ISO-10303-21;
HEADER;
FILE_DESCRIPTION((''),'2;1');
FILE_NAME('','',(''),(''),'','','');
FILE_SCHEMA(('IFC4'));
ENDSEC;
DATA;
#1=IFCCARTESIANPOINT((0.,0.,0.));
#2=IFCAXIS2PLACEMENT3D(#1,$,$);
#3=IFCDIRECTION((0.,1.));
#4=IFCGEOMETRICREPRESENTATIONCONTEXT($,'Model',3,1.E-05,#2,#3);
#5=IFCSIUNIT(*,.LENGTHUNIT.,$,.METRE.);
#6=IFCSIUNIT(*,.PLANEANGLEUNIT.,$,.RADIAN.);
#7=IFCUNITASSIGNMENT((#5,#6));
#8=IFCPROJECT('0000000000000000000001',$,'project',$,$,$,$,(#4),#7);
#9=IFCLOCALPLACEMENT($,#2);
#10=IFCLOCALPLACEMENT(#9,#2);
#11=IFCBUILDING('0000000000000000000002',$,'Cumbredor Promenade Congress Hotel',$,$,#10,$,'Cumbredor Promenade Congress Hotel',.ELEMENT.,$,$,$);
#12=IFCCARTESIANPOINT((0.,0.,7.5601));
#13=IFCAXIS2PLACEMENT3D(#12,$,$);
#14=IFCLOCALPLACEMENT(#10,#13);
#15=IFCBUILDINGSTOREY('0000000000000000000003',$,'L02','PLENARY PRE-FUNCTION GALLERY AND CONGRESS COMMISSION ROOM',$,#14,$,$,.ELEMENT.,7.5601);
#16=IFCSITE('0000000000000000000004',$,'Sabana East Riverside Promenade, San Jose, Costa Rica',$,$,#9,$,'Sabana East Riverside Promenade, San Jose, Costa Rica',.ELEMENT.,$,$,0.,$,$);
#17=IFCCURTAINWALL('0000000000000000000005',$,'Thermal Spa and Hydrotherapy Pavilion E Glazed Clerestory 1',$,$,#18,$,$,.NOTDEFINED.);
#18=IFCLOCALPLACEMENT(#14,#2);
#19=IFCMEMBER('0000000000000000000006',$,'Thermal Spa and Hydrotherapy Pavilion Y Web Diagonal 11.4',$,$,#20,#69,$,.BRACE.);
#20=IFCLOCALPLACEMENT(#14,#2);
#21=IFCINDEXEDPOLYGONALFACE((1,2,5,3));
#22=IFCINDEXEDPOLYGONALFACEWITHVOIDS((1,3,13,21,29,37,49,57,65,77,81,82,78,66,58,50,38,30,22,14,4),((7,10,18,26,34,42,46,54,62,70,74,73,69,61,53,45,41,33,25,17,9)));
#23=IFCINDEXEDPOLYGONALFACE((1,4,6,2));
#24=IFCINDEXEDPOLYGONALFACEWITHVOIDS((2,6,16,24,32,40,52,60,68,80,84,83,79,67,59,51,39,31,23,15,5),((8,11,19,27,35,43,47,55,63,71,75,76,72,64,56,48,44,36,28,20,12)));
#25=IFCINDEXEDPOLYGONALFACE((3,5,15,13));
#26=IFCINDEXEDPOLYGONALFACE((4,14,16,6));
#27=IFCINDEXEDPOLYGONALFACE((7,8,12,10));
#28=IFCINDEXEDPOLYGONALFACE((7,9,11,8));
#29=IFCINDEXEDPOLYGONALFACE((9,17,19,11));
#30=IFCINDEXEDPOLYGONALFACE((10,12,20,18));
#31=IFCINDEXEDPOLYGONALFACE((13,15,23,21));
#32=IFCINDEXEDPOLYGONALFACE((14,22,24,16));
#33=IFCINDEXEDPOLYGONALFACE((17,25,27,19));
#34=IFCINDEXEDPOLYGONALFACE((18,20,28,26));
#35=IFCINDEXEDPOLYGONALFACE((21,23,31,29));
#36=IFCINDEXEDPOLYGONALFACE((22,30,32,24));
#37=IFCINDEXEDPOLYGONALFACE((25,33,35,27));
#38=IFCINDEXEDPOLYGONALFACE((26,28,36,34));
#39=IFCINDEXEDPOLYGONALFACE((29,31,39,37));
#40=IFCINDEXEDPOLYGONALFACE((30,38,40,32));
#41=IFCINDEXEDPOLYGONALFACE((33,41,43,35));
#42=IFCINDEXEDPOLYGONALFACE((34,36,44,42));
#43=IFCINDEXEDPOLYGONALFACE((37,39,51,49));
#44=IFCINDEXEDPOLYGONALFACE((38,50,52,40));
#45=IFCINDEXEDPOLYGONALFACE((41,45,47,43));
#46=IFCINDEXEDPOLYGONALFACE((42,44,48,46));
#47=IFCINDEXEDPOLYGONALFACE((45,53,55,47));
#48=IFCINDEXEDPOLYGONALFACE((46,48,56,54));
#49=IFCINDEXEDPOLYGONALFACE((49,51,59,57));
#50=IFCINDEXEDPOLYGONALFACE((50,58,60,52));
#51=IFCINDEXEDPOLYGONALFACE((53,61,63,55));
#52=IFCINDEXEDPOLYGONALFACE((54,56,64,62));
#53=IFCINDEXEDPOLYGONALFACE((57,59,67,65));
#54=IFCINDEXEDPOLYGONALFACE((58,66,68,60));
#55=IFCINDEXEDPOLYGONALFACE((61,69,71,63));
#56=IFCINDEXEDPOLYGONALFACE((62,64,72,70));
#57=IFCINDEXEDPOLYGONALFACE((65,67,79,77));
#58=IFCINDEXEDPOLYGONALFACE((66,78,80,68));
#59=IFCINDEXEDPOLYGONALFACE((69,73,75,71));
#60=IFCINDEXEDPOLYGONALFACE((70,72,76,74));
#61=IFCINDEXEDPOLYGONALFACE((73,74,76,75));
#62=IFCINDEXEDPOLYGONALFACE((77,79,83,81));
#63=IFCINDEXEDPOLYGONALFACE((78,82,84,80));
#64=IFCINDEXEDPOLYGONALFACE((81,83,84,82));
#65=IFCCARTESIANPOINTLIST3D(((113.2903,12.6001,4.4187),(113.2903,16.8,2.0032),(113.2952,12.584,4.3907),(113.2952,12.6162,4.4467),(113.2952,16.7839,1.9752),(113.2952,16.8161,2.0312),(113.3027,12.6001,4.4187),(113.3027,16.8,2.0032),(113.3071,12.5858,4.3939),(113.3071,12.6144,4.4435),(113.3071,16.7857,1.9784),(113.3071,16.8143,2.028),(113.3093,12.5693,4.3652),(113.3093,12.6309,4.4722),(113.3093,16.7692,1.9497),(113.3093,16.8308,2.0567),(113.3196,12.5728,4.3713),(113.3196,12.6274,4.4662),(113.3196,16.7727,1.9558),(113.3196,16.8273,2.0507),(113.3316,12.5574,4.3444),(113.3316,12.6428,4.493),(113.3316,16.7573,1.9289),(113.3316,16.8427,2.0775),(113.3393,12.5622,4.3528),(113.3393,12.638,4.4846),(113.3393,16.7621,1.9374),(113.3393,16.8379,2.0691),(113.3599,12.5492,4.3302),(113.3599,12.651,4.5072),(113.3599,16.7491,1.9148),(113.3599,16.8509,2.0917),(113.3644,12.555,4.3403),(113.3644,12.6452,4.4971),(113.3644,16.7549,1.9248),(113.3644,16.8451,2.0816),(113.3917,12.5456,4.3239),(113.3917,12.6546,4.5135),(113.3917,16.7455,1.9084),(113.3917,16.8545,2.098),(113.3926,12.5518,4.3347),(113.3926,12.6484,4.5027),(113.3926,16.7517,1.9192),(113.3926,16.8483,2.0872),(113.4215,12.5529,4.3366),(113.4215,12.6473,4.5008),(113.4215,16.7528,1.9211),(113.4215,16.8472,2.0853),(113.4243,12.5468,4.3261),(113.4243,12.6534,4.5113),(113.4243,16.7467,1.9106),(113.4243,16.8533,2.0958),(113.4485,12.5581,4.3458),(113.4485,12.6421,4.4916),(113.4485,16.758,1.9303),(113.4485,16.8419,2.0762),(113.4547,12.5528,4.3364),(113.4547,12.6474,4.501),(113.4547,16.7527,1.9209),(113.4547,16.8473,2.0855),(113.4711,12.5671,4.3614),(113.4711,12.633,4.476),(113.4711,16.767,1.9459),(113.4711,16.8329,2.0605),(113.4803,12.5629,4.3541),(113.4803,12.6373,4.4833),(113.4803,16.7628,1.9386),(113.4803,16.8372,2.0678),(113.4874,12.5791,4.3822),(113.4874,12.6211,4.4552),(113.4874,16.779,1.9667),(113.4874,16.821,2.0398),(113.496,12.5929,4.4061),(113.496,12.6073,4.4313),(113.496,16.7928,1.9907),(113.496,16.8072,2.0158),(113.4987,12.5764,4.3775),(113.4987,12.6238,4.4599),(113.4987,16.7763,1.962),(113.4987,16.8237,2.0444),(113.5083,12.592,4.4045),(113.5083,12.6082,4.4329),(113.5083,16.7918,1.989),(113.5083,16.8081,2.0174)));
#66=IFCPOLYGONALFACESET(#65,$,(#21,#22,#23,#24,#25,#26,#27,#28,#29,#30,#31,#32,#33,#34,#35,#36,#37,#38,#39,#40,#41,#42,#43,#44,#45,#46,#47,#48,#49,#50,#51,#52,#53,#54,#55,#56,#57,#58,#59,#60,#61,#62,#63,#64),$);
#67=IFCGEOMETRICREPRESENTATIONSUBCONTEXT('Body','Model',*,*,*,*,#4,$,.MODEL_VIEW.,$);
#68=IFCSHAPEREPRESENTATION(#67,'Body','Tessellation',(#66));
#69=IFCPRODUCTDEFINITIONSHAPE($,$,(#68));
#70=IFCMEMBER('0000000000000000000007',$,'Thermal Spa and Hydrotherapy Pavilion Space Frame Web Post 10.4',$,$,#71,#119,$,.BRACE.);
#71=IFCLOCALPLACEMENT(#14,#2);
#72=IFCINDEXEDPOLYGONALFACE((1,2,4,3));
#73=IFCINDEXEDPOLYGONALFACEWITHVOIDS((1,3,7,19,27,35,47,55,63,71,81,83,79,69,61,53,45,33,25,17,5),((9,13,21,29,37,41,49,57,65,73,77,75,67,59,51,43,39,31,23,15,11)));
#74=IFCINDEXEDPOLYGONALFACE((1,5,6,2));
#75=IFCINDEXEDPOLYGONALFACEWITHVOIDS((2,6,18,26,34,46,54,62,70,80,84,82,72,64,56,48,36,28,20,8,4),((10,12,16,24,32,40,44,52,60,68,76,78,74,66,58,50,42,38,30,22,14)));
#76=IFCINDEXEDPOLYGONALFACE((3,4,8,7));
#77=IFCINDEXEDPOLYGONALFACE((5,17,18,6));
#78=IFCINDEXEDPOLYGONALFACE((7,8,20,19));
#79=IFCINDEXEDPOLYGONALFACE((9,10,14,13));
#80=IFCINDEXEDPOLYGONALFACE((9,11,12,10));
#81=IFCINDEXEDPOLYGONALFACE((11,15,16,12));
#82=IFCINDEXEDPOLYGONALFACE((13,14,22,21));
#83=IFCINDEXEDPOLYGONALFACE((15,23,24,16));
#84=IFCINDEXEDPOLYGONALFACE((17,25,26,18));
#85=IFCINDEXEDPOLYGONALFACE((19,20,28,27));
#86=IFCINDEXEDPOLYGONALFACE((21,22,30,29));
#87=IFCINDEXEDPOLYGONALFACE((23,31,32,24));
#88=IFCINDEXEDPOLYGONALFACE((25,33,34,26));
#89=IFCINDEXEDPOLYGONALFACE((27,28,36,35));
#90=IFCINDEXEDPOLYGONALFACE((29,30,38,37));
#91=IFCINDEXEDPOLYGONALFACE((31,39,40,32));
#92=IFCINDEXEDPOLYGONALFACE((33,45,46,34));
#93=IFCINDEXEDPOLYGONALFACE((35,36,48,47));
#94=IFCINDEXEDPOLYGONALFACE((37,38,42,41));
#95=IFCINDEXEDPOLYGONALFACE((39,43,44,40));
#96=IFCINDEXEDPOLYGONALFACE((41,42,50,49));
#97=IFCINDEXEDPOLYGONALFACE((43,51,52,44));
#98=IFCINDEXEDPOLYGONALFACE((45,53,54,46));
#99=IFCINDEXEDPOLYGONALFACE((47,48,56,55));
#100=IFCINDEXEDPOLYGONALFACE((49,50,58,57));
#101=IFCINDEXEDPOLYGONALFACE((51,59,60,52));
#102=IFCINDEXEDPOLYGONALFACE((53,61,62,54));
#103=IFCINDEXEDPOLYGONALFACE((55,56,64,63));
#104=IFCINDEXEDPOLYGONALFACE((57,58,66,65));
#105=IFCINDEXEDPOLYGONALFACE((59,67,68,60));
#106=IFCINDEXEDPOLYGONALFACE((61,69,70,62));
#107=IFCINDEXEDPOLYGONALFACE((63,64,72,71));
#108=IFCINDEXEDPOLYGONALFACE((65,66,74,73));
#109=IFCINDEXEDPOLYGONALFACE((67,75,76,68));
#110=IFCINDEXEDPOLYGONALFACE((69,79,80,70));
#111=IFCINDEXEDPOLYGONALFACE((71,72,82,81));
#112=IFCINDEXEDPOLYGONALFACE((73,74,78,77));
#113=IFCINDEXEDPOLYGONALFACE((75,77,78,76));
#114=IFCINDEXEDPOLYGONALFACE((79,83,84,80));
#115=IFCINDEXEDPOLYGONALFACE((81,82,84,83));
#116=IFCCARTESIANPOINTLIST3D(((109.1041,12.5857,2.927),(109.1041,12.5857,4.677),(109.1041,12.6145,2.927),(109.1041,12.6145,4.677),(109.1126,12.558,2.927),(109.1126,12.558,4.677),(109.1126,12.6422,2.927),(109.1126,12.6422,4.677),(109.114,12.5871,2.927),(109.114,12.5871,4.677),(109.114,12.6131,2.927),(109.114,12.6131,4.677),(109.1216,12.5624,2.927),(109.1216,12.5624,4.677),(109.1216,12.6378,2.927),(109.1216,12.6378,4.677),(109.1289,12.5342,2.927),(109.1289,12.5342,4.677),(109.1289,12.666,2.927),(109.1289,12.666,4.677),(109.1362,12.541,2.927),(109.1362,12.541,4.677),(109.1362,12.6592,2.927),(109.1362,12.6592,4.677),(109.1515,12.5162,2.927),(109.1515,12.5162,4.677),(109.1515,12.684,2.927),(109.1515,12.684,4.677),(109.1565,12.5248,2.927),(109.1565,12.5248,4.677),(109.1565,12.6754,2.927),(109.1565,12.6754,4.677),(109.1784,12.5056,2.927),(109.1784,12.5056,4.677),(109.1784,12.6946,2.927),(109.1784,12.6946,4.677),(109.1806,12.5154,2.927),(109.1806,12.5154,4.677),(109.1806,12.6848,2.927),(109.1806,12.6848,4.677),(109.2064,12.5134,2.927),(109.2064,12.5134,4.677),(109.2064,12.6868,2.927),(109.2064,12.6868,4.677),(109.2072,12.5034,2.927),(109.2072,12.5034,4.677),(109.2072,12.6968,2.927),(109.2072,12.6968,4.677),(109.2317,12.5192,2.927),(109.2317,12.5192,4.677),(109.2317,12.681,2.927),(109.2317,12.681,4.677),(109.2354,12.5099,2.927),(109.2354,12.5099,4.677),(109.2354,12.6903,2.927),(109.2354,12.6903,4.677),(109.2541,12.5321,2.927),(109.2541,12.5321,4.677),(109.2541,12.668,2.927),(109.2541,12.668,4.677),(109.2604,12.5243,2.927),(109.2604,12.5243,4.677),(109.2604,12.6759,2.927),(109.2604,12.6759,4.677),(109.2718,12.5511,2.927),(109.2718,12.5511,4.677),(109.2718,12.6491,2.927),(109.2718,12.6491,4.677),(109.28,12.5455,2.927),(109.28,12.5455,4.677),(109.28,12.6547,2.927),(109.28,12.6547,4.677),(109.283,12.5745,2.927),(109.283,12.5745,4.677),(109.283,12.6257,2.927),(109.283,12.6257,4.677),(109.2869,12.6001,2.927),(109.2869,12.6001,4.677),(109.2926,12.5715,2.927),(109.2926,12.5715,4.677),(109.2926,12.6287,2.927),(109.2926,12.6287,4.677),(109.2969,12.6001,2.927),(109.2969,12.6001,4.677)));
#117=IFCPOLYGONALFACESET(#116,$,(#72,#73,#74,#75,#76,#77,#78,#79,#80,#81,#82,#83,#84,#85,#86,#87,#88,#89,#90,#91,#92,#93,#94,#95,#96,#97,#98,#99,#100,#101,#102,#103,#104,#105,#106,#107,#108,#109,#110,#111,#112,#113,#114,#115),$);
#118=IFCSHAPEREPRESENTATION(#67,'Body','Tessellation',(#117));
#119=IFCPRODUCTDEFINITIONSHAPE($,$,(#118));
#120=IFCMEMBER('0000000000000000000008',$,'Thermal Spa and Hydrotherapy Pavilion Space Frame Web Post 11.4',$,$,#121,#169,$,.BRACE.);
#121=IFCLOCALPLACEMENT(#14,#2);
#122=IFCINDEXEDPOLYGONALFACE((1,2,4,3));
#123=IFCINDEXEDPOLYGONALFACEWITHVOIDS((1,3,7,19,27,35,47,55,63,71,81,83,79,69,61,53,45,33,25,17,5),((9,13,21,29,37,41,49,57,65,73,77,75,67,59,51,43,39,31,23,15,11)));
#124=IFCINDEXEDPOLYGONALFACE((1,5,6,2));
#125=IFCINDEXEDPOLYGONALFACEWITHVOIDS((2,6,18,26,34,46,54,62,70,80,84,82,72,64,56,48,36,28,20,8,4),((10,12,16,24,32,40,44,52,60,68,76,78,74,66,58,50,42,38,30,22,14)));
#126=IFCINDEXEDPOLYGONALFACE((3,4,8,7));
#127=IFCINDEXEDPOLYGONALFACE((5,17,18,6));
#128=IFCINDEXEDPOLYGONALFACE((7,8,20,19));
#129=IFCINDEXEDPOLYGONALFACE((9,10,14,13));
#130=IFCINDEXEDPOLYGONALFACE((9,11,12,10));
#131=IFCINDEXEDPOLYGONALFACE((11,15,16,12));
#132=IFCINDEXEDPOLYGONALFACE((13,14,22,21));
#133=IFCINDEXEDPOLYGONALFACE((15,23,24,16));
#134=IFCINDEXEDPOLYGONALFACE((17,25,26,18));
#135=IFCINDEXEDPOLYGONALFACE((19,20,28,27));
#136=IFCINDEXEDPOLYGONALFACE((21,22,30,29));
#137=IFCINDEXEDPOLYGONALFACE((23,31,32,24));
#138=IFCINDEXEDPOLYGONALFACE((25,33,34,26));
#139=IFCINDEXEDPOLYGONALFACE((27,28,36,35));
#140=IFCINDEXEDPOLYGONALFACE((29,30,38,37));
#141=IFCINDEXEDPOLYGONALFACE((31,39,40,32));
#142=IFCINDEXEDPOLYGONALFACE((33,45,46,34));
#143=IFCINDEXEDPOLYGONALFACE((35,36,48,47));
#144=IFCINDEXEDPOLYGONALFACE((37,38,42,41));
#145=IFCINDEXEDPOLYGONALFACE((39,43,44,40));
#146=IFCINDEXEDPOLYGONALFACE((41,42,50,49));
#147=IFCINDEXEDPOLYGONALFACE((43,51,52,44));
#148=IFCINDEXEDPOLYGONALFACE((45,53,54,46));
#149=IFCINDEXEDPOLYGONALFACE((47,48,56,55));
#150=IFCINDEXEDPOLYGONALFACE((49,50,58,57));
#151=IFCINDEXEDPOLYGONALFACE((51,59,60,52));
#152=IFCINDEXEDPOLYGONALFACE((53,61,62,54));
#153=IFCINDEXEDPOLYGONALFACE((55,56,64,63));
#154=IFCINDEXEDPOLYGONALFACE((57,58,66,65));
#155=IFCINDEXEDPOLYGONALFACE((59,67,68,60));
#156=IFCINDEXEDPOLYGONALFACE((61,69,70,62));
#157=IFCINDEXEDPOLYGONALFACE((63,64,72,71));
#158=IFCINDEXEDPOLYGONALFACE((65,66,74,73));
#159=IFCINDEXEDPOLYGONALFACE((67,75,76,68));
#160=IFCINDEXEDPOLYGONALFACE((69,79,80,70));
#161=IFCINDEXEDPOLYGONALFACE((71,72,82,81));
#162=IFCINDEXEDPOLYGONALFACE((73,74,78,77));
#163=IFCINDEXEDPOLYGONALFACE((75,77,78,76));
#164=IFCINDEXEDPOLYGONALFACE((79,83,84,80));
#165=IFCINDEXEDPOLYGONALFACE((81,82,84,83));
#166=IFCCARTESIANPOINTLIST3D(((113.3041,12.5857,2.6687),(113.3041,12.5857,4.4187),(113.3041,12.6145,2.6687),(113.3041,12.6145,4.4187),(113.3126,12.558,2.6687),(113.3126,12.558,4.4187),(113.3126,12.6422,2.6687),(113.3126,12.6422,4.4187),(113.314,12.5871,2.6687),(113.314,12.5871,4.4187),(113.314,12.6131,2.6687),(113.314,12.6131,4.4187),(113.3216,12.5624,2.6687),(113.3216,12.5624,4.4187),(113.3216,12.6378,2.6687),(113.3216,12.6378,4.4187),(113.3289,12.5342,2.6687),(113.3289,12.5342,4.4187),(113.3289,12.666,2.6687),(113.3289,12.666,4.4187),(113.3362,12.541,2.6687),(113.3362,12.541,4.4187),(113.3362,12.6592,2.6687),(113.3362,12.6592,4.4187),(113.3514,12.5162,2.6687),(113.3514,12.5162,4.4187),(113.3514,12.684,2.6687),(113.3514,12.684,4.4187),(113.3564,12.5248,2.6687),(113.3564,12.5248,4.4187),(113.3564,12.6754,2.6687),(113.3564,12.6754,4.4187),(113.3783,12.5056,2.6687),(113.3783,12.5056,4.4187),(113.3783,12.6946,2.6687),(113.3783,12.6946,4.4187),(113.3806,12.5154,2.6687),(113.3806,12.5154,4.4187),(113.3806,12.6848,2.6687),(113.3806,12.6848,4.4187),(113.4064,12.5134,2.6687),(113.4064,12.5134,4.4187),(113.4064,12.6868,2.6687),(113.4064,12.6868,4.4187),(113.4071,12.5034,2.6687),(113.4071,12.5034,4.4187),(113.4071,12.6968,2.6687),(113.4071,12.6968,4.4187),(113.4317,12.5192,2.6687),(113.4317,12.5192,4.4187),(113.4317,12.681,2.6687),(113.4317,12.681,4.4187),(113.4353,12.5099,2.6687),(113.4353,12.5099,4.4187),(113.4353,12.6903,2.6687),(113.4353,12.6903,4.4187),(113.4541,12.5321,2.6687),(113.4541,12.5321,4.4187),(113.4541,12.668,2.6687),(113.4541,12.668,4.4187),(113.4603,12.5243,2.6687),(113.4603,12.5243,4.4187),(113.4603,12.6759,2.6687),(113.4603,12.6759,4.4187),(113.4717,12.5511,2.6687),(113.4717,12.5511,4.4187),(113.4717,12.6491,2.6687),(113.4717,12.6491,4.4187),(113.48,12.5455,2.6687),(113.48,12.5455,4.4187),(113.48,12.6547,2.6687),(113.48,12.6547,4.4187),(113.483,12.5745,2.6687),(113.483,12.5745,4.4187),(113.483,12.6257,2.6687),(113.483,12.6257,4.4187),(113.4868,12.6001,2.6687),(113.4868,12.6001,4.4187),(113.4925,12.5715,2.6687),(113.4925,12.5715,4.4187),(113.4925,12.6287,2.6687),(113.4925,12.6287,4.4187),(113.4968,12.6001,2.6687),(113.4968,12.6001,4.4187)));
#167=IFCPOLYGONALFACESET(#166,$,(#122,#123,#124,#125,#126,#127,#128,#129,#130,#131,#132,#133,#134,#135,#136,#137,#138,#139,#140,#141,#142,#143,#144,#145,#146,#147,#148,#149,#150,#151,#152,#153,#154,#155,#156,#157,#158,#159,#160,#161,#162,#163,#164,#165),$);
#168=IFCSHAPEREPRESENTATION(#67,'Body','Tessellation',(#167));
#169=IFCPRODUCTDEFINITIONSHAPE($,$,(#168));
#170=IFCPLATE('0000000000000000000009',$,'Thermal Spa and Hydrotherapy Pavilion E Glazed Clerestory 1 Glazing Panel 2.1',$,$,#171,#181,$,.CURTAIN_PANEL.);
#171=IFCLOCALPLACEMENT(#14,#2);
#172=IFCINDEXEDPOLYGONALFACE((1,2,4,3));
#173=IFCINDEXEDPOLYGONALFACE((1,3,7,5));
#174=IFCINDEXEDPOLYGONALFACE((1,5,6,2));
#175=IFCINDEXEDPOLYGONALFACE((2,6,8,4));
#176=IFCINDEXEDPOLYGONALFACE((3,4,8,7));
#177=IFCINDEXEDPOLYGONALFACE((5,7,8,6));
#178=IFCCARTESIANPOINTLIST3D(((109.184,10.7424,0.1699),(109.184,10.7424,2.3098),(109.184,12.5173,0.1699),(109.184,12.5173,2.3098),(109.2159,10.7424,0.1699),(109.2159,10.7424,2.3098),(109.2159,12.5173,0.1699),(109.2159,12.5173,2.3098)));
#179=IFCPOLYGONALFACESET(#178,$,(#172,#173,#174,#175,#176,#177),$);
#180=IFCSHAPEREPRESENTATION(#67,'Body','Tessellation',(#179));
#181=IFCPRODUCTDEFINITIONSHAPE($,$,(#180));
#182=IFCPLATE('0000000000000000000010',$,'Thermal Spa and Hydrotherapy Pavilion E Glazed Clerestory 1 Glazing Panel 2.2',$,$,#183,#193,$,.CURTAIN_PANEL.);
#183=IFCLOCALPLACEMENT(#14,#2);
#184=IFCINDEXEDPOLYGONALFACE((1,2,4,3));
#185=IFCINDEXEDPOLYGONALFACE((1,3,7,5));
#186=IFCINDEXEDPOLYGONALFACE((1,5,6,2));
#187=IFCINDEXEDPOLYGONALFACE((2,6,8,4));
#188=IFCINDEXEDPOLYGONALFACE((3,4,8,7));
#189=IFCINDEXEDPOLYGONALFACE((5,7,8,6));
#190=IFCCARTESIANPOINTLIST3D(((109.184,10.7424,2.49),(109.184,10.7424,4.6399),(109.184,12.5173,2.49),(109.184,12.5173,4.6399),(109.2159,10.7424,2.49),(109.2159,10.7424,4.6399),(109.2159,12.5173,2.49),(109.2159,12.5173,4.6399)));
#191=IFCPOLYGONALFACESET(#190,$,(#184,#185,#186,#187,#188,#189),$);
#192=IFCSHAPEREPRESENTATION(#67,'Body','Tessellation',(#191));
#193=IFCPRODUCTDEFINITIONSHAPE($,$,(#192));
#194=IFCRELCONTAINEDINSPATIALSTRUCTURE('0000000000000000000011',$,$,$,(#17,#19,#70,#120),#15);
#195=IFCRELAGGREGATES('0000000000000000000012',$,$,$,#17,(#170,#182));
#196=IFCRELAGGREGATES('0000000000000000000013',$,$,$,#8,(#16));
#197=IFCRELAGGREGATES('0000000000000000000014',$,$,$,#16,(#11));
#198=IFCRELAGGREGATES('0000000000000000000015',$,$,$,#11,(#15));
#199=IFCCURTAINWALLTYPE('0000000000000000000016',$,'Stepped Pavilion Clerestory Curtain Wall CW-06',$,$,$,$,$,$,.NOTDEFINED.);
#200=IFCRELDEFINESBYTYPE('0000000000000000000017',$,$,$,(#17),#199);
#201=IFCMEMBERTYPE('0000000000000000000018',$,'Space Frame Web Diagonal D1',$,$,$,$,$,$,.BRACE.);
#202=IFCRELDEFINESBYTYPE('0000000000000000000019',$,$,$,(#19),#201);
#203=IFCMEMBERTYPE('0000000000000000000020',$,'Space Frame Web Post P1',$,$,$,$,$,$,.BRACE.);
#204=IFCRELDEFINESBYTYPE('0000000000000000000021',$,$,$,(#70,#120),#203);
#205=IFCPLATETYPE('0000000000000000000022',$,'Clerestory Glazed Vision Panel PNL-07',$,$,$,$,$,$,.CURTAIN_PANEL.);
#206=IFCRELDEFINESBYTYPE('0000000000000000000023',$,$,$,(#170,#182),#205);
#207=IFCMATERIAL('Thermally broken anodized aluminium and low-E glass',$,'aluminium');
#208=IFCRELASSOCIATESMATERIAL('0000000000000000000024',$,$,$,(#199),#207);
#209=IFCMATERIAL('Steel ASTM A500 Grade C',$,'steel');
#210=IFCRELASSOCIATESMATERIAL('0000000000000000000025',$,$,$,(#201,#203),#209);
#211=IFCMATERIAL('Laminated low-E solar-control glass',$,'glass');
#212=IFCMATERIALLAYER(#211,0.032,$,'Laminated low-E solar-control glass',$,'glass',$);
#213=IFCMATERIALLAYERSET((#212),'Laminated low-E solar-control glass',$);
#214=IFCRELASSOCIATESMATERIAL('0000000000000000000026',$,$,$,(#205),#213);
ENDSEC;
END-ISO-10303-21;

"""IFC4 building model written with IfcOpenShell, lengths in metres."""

from ifc_helpers import new_model, si_unit, direction, frame, origin, origin_2d, place, context, subcontext, project, spatial, rectangle, hollow_circle, extrude, material, layer, layer_set, material_profile, profile_set, type_object, element, aggregate, save


model = new_model("IFC4")

# Units and contexts
model_context = context("Model", 3, precision=1e-05, world=origin(), true_north=direction((0.0, 1.0)))
body_context = subcontext(model_context, "Body", "Model", "MODEL_VIEW")
ifc_project = project(units=[si_unit("LENGTHUNIT", "METRE"), si_unit("PLANEANGLEUNIT", "RADIAN")], contexts=[model_context])

# Site, building, storey
site_placement = place(None, origin())
site = spatial("IfcSite", under=ifc_project, at=site_placement, Name="Sabana East Riverside Promenade, San Jose, Costa Rica", LongName="Sabana East Riverside Promenade, San Jose, Costa Rica", CompositionType="ELEMENT", RefElevation=0.0)
building_placement = place(site_placement, origin())
building = spatial("IfcBuilding", under=site, at=building_placement, Name="Cumbredor Promenade Congress Hotel", LongName="Cumbredor Promenade Congress Hotel", CompositionType="ELEMENT")
storey_placement = place(building_placement, frame((0.0, 0.0, 7.5601)))
storey = spatial("IfcBuildingStorey", under=building, at=storey_placement, Name="L02", Description="PLENARY PRE-FUNCTION GALLERY AND CONGRESS COMMISSION ROOM", CompositionType="ELEMENT", Elevation=7.5601)

# Curtain wall
ifc_material_1 = material(Name="Thermally broken anodized aluminium and low-E glass", Category="aluminium")
curtain_wall_type = type_object("IfcCurtainWallType", Name="Stepped Pavilion Clerestory Curtain Wall CW-06", PredefinedType="NOTDEFINED", material=ifc_material_1)
curtain_wall_1_placement = place(storey_placement, origin())
curtain_wall_1 = element("IfcCurtainWall", 1, at=curtain_wall_1_placement, inside=storey, type_object=curtain_wall_type, Name="Thermal Spa and Hydrotherapy Pavilion E Glazed Clerestory 1", PredefinedType="NOTDEFINED")

# Members
ifc_material_2 = material(Name="Steel ASTM A500 Grade C", Category="steel")
ifc_material_profile_1 = material_profile(ifc_material_2, hollow_circle(Radius=0.1096, WallThickness=0.0125, at=origin_2d()), Name="CHS 219.1x12.5")
ifc_profile_set_1 = profile_set([ifc_material_profile_1], Name="Steel ASTM A500 Grade C")
member_type_1 = type_object("IfcMemberType", Name="Space Frame Web Diagonal D1", PredefinedType="BRACE", material=ifc_profile_set_1)
member_1_placement = place(storey_placement, frame((113.3999, 12.6001, 4.4187), z_axis=(0.0, 0.866857, -0.498557), x_axis=(-1.0, 0.0, 0.0)))
element("IfcMember", 2, at=member_1_placement, inside=storey, type_object=member_type_1, Name="Thermal Spa and Hydrotherapy Pavilion Y Web Diagonal 11.4", PredefinedType="BRACE", context=body_context, shape_type="SweptSolid", body=[
    extrude(hollow_circle(Radius=0.1096, WallThickness=0.0125, at=origin_2d()), origin(), (0.0, 0.0, 1.0), 4.845),
])
ifc_material_profile_2 = material_profile(ifc_material_2, hollow_circle(Radius=0.0969, WallThickness=0.01, at=origin_2d()), Name="CHS 193.7x10")
ifc_profile_set_2 = profile_set([ifc_material_profile_2], Name="Steel ASTM A500 Grade C")
member_type_2 = type_object("IfcMemberType", Name="Space Frame Web Post P1", PredefinedType="BRACE", material=ifc_profile_set_2)
for number, where, z_axis, x_axis, name in (
    (3, (109.2, 12.6001, 2.927), (0.0, 0.0, 1.0), (1.0, 0.0, 0.0), "Thermal Spa and Hydrotherapy Pavilion Space Frame Web Post 10.4"),
    (4, (113.3999, 12.6001, 2.6687), (0.0, 0.0, 1.0), (1.0, 0.0, 0.0), "Thermal Spa and Hydrotherapy Pavilion Space Frame Web Post 11.4"),
):
    element("IfcMember", number, at=place(storey_placement, frame(where, z_axis=z_axis, x_axis=x_axis)), inside=storey, type_object=member_type_2, Name=name, PredefinedType="BRACE", context=body_context, shape_type="SweptSolid", body=[
        extrude(hollow_circle(Radius=0.0969, WallThickness=0.01, at=origin_2d()), origin(), (0.0, 0.0, 1.0), 1.75),
    ])

# Plates
ifc_material_3 = material(Name="Laminated low-E solar-control glass", Category="glass")
ifc_layer_1 = layer(ifc_material_3, 0.032, Name="Laminated low-E solar-control glass", Category="glass")
ifc_layer_set_1 = layer_set([ifc_layer_1], Name="Laminated low-E solar-control glass")
plate_type_1 = type_object("IfcPlateType", Name="Clerestory Glazed Vision Panel PNL-07", PredefinedType="CURTAIN_PANEL", material=ifc_layer_set_1)
plate_1_placement = place(storey_placement, frame((109.2, 11.6299, 0.1699), z_axis=(0.0, 0.0, 1.0), x_axis=(0.0, 1.0, 0.0)))
plate_1 = element("IfcPlate", 5, at=plate_1_placement, type_object=plate_type_1, Name="Thermal Spa and Hydrotherapy Pavilion E Glazed Clerestory 1 Glazing Panel 2.1", PredefinedType="CURTAIN_PANEL", context=body_context, shape_type="SweptSolid", body=[
    extrude(rectangle(XDim=1.7749, YDim=0.032, at=origin_2d()), origin(), (0.0, 0.0, 1.0), 2.1399),
])
plate_2_placement = place(storey_placement, frame((109.2, 11.6299, 2.49), z_axis=(0.0, 0.0, 1.0), x_axis=(0.0, 1.0, 0.0)))
plate_2 = element("IfcPlate", 6, at=plate_2_placement, type_object=plate_type_1, Name="Thermal Spa and Hydrotherapy Pavilion E Glazed Clerestory 1 Glazing Panel 2.2", PredefinedType="CURTAIN_PANEL", context=body_context, shape_type="SweptSolid", body=[
    extrude(rectangle(XDim=1.7749, YDim=0.032, at=origin_2d()), origin(), (0.0, 0.0, 1.0), 2.1499),
])
aggregate(curtain_wall_1, [plate_1, plate_2])

save(model, "model.ifc")
